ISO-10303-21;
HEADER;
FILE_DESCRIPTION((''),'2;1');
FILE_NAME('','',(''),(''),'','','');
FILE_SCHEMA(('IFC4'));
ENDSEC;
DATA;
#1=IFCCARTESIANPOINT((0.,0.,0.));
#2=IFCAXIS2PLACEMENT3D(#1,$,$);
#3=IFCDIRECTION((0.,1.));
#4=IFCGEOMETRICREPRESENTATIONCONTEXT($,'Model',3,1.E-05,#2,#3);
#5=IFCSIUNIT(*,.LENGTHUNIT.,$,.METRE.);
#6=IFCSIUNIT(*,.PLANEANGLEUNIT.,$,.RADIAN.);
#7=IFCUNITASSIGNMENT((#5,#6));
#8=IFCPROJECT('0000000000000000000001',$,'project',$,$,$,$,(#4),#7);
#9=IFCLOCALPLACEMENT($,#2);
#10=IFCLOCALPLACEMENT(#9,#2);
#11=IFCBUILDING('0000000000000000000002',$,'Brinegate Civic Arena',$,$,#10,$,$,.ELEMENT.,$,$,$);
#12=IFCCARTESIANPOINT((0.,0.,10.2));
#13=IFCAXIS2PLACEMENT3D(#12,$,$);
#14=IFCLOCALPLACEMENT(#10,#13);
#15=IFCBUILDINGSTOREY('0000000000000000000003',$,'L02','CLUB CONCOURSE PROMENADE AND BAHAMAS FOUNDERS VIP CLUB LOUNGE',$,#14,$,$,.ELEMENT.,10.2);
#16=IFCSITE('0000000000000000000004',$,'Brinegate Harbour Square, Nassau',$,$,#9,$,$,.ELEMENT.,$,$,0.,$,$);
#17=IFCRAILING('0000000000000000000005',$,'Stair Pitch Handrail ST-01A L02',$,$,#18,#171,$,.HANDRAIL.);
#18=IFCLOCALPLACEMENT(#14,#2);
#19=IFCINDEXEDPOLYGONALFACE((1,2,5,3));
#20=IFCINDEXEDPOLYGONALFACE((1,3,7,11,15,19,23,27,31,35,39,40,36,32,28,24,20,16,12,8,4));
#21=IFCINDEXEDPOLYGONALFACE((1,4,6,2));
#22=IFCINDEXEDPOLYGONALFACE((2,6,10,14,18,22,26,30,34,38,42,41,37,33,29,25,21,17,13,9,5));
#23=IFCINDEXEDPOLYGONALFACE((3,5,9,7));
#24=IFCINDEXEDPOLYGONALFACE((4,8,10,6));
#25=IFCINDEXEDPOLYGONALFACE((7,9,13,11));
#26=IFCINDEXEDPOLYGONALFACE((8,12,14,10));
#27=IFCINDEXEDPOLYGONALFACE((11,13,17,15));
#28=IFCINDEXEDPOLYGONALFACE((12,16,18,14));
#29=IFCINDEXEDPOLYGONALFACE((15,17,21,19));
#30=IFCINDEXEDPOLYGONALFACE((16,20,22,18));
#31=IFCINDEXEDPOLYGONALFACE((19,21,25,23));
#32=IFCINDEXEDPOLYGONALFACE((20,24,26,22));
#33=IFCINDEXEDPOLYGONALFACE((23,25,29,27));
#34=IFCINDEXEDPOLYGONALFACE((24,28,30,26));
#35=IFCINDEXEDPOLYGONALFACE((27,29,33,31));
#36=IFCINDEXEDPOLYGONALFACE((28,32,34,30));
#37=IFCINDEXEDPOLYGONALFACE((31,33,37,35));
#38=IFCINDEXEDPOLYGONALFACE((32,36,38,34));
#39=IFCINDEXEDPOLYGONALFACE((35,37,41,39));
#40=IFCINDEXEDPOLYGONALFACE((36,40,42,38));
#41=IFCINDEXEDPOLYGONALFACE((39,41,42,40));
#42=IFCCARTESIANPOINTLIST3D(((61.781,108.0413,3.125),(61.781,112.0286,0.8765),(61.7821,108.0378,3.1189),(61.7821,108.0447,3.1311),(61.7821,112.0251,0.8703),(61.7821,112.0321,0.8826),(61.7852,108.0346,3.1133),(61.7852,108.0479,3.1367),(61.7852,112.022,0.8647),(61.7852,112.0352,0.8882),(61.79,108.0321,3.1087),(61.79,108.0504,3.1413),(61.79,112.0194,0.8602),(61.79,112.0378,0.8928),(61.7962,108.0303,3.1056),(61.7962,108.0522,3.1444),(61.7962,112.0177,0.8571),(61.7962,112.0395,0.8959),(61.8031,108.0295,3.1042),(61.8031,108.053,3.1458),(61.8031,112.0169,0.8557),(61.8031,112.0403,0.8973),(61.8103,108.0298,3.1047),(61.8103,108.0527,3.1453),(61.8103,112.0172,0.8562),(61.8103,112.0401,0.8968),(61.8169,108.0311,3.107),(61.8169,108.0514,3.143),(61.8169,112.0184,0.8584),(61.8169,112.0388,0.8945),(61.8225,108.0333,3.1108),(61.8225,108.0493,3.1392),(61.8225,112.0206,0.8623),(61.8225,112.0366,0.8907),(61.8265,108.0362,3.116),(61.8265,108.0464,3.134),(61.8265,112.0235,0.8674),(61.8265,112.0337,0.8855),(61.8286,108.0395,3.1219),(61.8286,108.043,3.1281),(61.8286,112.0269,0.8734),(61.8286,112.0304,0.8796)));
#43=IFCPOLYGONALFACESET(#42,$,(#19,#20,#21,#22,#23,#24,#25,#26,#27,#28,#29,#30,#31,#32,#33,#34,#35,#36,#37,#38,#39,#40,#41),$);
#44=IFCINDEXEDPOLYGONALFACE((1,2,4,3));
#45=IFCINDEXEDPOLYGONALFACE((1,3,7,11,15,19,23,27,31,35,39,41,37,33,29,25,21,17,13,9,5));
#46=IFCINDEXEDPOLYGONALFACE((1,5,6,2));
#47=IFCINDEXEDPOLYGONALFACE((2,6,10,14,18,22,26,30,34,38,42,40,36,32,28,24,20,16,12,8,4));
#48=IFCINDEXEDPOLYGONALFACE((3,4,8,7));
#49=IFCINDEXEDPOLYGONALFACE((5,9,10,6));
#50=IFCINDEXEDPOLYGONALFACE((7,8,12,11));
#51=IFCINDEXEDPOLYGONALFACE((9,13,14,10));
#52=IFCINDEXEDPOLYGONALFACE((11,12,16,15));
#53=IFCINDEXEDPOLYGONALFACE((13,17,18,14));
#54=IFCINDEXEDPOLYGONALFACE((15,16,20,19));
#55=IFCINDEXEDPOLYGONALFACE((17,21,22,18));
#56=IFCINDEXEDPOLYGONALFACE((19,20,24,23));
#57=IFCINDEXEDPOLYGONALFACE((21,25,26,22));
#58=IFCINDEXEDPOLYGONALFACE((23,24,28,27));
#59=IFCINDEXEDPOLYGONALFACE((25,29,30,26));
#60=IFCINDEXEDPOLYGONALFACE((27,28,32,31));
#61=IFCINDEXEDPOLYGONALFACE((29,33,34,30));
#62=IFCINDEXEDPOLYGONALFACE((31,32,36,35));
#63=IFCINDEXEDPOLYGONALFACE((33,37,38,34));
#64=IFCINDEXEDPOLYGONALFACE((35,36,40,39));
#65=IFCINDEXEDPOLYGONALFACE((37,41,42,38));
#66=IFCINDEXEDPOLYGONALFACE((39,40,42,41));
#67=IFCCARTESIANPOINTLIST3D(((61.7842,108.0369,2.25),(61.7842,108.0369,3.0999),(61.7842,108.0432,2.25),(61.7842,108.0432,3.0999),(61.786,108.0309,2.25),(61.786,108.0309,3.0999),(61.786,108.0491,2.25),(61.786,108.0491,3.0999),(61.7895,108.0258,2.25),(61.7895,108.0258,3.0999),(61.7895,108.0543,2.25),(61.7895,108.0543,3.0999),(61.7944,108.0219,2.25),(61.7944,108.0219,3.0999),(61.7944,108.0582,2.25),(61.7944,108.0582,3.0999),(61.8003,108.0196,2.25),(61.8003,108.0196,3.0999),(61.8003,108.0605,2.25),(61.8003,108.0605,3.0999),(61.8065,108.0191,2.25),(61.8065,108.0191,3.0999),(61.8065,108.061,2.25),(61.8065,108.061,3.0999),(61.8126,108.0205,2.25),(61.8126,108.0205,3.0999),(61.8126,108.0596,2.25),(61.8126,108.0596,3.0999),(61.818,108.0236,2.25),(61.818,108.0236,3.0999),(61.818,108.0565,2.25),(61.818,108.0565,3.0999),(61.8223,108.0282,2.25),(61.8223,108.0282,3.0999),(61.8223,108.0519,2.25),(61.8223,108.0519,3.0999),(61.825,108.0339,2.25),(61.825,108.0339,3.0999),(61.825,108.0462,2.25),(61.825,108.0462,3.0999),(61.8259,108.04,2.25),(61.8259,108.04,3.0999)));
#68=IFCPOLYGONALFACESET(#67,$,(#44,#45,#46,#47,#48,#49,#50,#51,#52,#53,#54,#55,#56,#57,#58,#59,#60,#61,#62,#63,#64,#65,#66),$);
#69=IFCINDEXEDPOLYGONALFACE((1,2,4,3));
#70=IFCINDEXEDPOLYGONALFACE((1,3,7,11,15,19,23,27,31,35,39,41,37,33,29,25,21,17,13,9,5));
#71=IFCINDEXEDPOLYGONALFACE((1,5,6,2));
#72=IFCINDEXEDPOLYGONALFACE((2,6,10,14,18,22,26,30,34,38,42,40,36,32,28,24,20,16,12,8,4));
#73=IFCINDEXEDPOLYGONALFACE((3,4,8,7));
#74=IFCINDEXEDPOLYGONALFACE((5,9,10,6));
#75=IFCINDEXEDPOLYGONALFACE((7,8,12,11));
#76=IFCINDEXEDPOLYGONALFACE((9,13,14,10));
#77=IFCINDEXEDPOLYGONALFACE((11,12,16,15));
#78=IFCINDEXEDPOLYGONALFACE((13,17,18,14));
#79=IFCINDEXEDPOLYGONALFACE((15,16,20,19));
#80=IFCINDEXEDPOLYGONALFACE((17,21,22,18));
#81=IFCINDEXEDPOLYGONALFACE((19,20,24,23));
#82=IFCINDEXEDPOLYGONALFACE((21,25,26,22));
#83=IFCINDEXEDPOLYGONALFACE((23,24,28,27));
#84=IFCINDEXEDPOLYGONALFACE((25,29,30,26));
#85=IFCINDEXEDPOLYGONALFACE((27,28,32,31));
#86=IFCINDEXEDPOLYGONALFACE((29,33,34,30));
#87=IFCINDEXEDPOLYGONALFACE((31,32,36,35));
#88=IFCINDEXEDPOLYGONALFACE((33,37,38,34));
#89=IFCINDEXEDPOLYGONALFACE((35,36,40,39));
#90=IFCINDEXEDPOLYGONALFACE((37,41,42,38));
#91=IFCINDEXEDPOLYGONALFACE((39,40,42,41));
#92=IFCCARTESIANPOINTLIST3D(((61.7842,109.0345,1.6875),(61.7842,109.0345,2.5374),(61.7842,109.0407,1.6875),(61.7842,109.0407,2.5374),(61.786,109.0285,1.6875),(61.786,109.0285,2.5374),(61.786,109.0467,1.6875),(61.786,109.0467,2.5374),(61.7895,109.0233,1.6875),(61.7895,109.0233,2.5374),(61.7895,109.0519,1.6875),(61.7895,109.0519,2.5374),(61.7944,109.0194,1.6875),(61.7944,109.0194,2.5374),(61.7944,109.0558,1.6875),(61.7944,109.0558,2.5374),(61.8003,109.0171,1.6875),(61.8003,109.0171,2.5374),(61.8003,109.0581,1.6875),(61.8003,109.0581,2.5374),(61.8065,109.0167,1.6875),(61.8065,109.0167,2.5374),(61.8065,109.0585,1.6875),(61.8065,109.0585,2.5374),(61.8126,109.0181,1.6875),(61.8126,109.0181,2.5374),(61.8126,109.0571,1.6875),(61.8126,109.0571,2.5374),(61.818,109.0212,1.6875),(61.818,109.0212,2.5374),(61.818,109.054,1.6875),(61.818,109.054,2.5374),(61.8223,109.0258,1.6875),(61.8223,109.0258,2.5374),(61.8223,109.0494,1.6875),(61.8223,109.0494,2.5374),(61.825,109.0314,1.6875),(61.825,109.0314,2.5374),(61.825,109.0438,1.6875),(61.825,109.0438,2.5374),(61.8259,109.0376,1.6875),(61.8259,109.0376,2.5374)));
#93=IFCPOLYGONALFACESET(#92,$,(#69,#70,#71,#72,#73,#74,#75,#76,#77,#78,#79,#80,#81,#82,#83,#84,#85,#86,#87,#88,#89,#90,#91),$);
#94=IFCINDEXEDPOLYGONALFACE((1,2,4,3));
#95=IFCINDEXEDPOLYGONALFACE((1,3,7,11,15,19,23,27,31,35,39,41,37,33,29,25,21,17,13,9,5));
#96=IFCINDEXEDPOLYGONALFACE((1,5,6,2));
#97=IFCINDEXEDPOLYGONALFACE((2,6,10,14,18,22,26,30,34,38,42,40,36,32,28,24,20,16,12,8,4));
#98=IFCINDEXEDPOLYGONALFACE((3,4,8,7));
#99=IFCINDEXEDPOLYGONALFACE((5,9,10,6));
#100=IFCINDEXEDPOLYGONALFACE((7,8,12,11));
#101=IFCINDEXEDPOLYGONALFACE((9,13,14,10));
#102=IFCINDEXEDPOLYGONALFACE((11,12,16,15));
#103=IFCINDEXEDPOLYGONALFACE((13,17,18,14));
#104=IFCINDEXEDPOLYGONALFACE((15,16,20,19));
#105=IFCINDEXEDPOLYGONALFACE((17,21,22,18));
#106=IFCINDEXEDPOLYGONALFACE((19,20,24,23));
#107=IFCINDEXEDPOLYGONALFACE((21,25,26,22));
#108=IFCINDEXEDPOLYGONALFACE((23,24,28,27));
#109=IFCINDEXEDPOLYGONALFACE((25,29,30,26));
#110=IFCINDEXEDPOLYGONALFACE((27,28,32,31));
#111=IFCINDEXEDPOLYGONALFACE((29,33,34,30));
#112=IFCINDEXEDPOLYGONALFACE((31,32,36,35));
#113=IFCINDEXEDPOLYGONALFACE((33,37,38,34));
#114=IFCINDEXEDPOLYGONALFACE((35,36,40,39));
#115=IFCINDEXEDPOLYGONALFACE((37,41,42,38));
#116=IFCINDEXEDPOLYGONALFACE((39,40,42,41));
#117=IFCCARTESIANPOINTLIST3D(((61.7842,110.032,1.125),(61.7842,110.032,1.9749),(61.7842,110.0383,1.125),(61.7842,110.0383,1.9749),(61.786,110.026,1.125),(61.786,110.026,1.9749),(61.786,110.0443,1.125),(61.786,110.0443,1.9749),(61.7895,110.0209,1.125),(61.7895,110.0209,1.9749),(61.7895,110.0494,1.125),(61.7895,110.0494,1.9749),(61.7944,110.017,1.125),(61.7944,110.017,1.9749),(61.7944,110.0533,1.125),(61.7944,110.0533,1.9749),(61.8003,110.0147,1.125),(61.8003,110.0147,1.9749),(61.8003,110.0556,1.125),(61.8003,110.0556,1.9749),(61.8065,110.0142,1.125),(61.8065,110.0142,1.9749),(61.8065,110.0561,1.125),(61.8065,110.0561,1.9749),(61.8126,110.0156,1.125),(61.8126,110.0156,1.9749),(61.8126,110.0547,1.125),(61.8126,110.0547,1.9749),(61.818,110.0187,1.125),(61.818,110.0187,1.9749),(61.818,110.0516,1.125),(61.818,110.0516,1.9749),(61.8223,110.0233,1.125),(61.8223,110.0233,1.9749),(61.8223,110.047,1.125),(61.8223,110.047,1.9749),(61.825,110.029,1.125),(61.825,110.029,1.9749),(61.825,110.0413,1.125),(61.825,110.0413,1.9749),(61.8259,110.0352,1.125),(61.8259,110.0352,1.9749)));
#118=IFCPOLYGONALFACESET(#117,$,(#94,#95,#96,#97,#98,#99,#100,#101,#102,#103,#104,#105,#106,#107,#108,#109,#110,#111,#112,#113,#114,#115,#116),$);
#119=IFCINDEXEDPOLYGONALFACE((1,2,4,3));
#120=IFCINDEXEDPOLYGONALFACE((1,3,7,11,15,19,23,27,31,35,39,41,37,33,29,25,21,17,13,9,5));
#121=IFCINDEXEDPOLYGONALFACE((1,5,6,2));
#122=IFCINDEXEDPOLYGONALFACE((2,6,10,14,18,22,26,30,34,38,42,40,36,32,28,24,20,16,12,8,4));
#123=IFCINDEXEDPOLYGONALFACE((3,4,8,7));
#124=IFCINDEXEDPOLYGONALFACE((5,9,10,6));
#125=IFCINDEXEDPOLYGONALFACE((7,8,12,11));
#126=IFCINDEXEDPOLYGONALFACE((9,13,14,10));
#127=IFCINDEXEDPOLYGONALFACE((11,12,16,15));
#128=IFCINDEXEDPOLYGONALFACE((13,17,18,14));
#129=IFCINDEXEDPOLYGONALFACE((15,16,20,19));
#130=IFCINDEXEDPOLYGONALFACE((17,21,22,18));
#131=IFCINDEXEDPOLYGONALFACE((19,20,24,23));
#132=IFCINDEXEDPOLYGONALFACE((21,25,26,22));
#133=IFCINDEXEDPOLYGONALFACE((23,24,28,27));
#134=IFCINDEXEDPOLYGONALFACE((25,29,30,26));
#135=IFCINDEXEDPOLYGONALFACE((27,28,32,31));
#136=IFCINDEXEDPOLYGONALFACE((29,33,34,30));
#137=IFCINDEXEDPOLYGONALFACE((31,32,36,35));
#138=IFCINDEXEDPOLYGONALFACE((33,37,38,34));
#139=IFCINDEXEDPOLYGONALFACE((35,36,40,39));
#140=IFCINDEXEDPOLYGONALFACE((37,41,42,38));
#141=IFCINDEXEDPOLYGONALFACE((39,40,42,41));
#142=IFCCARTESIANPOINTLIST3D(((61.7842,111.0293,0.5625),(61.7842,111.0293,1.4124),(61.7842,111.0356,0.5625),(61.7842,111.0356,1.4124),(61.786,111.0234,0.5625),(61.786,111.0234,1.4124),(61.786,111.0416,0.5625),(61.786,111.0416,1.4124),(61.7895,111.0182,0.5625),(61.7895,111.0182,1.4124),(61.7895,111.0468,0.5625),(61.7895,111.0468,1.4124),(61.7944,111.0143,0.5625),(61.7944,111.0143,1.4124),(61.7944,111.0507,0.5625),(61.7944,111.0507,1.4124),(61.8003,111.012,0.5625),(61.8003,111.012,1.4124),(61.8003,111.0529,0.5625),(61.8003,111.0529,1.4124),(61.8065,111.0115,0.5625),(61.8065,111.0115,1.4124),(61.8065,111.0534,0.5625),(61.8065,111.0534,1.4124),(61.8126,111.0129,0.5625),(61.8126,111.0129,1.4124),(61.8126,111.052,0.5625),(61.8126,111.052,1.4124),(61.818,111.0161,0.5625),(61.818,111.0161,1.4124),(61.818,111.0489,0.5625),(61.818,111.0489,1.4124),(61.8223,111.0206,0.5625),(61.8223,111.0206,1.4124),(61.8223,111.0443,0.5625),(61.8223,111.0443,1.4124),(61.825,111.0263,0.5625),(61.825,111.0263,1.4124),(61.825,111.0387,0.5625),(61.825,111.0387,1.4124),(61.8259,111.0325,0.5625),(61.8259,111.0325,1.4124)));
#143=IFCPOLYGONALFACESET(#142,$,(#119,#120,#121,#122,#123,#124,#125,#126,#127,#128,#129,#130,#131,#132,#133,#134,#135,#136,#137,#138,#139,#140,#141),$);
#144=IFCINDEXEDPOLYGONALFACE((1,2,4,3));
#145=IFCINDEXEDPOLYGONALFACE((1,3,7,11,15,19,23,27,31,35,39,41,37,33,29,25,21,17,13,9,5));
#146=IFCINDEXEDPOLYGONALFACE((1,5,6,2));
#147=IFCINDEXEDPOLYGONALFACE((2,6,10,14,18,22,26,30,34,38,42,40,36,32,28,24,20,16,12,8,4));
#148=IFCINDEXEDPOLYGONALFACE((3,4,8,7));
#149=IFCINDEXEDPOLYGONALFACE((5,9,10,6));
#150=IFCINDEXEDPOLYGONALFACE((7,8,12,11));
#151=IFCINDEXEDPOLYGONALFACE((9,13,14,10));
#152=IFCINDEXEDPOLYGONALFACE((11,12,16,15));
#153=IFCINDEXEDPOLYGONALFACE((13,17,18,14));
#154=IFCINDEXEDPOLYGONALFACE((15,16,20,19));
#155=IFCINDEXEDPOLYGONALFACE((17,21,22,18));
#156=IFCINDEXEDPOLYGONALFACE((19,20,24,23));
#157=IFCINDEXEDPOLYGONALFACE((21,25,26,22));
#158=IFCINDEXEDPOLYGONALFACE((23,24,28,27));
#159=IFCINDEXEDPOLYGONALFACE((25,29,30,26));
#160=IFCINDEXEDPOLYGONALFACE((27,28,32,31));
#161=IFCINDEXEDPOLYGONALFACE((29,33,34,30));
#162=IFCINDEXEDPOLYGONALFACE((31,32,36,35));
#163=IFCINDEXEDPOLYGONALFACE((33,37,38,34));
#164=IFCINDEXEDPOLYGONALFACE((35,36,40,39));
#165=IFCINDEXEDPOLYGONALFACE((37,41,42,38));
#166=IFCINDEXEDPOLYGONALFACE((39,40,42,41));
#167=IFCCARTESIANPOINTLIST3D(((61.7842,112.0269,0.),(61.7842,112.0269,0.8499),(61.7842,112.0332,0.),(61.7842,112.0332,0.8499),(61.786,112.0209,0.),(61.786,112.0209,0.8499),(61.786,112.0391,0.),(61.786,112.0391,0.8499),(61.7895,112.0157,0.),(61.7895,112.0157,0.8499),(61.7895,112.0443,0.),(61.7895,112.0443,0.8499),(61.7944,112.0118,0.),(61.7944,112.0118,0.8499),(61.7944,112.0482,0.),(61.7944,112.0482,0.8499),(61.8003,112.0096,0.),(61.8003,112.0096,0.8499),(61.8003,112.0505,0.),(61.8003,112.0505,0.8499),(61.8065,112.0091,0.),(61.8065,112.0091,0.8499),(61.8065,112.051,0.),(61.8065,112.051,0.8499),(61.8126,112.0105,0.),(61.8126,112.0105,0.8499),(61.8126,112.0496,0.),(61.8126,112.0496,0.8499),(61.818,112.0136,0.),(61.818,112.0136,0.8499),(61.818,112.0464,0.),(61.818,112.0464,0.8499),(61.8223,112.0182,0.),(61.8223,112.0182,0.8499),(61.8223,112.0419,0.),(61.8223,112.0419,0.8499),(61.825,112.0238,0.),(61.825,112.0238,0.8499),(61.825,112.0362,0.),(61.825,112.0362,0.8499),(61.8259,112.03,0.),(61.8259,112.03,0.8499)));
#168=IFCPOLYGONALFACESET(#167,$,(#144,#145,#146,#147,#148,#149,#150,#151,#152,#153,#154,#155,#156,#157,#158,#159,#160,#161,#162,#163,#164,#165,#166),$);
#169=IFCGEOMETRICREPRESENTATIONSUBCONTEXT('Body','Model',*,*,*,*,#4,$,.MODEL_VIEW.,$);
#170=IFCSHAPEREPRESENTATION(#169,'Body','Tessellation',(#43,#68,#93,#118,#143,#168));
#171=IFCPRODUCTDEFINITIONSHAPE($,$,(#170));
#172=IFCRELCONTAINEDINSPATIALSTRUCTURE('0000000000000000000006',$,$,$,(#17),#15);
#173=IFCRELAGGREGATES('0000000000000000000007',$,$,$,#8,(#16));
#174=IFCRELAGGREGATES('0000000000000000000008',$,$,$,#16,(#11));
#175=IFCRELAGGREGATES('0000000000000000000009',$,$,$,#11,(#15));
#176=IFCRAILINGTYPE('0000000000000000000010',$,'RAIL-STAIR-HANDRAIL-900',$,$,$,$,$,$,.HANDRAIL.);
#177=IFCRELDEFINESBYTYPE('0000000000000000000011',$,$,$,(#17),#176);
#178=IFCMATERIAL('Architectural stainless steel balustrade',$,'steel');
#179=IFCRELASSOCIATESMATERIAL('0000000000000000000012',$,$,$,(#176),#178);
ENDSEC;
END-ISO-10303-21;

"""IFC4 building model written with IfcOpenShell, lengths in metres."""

from ifc_helpers import new_model, si_unit, direction, frame, origin, origin_2d, place, context, subcontext, project, spatial, circle, extrude, material, type_object, element, save


model = new_model("IFC4")

# Units and contexts
model_context = context("Model", 3, precision=1e-05, world=origin(), true_north=direction((0.0, 1.0)))
body_context = subcontext(model_context, "Body", "Model", "MODEL_VIEW")
ifc_project = project(units=[si_unit("LENGTHUNIT", "METRE"), si_unit("PLANEANGLEUNIT", "RADIAN")], contexts=[model_context])

# Site, building, storey
site_placement = place(None, origin())
site = spatial("IfcSite", under=ifc_project, at=site_placement, Name="Brinegate Harbour Square, Nassau", CompositionType="ELEMENT", RefElevation=0.0)
building_placement = place(site_placement, origin())
building = spatial("IfcBuilding", under=site, at=building_placement, Name="Brinegate Civic Arena", CompositionType="ELEMENT")
storey_placement = place(building_placement, frame((0.0, 0.0, 10.2)))
storey = spatial("IfcBuildingStorey", under=building, at=storey_placement, Name="L02", Description="CLUB CONCOURSE PROMENADE AND BAHAMAS FOUNDERS VIP CLUB LOUNGE", CompositionType="ELEMENT", Elevation=10.2)

# Railing
ifc_material_1 = material(Name="Architectural stainless steel balustrade", Category="steel")
railing_type_1 = type_object("IfcRailingType", Name="RAIL-STAIR-HANDRAIL-900", PredefinedType="HANDRAIL", material=ifc_material_1)
for number, where, name in (
    (1, (61.8049, 108.04, 2.25), "Stair Pitch Handrail ST-01A L02"),
):
    element("IfcRailing", number, at=place(storey_placement, frame(where)), inside=storey, type_object=railing_type_1, Name=name, PredefinedType="HANDRAIL", context=body_context, shape_type="SweptSolid", body=[
        extrude(circle(Radius=0.0239, at=origin_2d()), frame((0.0, 0.0012, 0.875), z_axis=(0.0, 0.87105, -0.491195), x_axis=(-1.0, 0.0, 0.0)), (0.0, 0.0, 1.0), 4.5776),
        extrude(circle(Radius=0.021, at=origin_2d()), origin(), (0.0, 0.0, 1.0), 0.8499),
        extrude(circle(Radius=0.021, at=origin_2d()), frame((0.0, 0.9976, -0.5625)), (0.0, 0.0, 1.0), 0.8499),
        extrude(circle(Radius=0.021, at=origin_2d()), frame((0.0, 1.9951, -1.125)), (0.0, 0.0, 1.0), 0.8499),
        extrude(circle(Radius=0.021, at=origin_2d()), frame((0.0, 2.9924, -1.6875)), (0.0, 0.0, 1.0), 0.8499),
        extrude(circle(Radius=0.021, at=origin_2d()), frame((0.0, 3.99, -2.25)), (0.0, 0.0, 1.0), 0.8499),
    ])

save(model, "model.ifc")
